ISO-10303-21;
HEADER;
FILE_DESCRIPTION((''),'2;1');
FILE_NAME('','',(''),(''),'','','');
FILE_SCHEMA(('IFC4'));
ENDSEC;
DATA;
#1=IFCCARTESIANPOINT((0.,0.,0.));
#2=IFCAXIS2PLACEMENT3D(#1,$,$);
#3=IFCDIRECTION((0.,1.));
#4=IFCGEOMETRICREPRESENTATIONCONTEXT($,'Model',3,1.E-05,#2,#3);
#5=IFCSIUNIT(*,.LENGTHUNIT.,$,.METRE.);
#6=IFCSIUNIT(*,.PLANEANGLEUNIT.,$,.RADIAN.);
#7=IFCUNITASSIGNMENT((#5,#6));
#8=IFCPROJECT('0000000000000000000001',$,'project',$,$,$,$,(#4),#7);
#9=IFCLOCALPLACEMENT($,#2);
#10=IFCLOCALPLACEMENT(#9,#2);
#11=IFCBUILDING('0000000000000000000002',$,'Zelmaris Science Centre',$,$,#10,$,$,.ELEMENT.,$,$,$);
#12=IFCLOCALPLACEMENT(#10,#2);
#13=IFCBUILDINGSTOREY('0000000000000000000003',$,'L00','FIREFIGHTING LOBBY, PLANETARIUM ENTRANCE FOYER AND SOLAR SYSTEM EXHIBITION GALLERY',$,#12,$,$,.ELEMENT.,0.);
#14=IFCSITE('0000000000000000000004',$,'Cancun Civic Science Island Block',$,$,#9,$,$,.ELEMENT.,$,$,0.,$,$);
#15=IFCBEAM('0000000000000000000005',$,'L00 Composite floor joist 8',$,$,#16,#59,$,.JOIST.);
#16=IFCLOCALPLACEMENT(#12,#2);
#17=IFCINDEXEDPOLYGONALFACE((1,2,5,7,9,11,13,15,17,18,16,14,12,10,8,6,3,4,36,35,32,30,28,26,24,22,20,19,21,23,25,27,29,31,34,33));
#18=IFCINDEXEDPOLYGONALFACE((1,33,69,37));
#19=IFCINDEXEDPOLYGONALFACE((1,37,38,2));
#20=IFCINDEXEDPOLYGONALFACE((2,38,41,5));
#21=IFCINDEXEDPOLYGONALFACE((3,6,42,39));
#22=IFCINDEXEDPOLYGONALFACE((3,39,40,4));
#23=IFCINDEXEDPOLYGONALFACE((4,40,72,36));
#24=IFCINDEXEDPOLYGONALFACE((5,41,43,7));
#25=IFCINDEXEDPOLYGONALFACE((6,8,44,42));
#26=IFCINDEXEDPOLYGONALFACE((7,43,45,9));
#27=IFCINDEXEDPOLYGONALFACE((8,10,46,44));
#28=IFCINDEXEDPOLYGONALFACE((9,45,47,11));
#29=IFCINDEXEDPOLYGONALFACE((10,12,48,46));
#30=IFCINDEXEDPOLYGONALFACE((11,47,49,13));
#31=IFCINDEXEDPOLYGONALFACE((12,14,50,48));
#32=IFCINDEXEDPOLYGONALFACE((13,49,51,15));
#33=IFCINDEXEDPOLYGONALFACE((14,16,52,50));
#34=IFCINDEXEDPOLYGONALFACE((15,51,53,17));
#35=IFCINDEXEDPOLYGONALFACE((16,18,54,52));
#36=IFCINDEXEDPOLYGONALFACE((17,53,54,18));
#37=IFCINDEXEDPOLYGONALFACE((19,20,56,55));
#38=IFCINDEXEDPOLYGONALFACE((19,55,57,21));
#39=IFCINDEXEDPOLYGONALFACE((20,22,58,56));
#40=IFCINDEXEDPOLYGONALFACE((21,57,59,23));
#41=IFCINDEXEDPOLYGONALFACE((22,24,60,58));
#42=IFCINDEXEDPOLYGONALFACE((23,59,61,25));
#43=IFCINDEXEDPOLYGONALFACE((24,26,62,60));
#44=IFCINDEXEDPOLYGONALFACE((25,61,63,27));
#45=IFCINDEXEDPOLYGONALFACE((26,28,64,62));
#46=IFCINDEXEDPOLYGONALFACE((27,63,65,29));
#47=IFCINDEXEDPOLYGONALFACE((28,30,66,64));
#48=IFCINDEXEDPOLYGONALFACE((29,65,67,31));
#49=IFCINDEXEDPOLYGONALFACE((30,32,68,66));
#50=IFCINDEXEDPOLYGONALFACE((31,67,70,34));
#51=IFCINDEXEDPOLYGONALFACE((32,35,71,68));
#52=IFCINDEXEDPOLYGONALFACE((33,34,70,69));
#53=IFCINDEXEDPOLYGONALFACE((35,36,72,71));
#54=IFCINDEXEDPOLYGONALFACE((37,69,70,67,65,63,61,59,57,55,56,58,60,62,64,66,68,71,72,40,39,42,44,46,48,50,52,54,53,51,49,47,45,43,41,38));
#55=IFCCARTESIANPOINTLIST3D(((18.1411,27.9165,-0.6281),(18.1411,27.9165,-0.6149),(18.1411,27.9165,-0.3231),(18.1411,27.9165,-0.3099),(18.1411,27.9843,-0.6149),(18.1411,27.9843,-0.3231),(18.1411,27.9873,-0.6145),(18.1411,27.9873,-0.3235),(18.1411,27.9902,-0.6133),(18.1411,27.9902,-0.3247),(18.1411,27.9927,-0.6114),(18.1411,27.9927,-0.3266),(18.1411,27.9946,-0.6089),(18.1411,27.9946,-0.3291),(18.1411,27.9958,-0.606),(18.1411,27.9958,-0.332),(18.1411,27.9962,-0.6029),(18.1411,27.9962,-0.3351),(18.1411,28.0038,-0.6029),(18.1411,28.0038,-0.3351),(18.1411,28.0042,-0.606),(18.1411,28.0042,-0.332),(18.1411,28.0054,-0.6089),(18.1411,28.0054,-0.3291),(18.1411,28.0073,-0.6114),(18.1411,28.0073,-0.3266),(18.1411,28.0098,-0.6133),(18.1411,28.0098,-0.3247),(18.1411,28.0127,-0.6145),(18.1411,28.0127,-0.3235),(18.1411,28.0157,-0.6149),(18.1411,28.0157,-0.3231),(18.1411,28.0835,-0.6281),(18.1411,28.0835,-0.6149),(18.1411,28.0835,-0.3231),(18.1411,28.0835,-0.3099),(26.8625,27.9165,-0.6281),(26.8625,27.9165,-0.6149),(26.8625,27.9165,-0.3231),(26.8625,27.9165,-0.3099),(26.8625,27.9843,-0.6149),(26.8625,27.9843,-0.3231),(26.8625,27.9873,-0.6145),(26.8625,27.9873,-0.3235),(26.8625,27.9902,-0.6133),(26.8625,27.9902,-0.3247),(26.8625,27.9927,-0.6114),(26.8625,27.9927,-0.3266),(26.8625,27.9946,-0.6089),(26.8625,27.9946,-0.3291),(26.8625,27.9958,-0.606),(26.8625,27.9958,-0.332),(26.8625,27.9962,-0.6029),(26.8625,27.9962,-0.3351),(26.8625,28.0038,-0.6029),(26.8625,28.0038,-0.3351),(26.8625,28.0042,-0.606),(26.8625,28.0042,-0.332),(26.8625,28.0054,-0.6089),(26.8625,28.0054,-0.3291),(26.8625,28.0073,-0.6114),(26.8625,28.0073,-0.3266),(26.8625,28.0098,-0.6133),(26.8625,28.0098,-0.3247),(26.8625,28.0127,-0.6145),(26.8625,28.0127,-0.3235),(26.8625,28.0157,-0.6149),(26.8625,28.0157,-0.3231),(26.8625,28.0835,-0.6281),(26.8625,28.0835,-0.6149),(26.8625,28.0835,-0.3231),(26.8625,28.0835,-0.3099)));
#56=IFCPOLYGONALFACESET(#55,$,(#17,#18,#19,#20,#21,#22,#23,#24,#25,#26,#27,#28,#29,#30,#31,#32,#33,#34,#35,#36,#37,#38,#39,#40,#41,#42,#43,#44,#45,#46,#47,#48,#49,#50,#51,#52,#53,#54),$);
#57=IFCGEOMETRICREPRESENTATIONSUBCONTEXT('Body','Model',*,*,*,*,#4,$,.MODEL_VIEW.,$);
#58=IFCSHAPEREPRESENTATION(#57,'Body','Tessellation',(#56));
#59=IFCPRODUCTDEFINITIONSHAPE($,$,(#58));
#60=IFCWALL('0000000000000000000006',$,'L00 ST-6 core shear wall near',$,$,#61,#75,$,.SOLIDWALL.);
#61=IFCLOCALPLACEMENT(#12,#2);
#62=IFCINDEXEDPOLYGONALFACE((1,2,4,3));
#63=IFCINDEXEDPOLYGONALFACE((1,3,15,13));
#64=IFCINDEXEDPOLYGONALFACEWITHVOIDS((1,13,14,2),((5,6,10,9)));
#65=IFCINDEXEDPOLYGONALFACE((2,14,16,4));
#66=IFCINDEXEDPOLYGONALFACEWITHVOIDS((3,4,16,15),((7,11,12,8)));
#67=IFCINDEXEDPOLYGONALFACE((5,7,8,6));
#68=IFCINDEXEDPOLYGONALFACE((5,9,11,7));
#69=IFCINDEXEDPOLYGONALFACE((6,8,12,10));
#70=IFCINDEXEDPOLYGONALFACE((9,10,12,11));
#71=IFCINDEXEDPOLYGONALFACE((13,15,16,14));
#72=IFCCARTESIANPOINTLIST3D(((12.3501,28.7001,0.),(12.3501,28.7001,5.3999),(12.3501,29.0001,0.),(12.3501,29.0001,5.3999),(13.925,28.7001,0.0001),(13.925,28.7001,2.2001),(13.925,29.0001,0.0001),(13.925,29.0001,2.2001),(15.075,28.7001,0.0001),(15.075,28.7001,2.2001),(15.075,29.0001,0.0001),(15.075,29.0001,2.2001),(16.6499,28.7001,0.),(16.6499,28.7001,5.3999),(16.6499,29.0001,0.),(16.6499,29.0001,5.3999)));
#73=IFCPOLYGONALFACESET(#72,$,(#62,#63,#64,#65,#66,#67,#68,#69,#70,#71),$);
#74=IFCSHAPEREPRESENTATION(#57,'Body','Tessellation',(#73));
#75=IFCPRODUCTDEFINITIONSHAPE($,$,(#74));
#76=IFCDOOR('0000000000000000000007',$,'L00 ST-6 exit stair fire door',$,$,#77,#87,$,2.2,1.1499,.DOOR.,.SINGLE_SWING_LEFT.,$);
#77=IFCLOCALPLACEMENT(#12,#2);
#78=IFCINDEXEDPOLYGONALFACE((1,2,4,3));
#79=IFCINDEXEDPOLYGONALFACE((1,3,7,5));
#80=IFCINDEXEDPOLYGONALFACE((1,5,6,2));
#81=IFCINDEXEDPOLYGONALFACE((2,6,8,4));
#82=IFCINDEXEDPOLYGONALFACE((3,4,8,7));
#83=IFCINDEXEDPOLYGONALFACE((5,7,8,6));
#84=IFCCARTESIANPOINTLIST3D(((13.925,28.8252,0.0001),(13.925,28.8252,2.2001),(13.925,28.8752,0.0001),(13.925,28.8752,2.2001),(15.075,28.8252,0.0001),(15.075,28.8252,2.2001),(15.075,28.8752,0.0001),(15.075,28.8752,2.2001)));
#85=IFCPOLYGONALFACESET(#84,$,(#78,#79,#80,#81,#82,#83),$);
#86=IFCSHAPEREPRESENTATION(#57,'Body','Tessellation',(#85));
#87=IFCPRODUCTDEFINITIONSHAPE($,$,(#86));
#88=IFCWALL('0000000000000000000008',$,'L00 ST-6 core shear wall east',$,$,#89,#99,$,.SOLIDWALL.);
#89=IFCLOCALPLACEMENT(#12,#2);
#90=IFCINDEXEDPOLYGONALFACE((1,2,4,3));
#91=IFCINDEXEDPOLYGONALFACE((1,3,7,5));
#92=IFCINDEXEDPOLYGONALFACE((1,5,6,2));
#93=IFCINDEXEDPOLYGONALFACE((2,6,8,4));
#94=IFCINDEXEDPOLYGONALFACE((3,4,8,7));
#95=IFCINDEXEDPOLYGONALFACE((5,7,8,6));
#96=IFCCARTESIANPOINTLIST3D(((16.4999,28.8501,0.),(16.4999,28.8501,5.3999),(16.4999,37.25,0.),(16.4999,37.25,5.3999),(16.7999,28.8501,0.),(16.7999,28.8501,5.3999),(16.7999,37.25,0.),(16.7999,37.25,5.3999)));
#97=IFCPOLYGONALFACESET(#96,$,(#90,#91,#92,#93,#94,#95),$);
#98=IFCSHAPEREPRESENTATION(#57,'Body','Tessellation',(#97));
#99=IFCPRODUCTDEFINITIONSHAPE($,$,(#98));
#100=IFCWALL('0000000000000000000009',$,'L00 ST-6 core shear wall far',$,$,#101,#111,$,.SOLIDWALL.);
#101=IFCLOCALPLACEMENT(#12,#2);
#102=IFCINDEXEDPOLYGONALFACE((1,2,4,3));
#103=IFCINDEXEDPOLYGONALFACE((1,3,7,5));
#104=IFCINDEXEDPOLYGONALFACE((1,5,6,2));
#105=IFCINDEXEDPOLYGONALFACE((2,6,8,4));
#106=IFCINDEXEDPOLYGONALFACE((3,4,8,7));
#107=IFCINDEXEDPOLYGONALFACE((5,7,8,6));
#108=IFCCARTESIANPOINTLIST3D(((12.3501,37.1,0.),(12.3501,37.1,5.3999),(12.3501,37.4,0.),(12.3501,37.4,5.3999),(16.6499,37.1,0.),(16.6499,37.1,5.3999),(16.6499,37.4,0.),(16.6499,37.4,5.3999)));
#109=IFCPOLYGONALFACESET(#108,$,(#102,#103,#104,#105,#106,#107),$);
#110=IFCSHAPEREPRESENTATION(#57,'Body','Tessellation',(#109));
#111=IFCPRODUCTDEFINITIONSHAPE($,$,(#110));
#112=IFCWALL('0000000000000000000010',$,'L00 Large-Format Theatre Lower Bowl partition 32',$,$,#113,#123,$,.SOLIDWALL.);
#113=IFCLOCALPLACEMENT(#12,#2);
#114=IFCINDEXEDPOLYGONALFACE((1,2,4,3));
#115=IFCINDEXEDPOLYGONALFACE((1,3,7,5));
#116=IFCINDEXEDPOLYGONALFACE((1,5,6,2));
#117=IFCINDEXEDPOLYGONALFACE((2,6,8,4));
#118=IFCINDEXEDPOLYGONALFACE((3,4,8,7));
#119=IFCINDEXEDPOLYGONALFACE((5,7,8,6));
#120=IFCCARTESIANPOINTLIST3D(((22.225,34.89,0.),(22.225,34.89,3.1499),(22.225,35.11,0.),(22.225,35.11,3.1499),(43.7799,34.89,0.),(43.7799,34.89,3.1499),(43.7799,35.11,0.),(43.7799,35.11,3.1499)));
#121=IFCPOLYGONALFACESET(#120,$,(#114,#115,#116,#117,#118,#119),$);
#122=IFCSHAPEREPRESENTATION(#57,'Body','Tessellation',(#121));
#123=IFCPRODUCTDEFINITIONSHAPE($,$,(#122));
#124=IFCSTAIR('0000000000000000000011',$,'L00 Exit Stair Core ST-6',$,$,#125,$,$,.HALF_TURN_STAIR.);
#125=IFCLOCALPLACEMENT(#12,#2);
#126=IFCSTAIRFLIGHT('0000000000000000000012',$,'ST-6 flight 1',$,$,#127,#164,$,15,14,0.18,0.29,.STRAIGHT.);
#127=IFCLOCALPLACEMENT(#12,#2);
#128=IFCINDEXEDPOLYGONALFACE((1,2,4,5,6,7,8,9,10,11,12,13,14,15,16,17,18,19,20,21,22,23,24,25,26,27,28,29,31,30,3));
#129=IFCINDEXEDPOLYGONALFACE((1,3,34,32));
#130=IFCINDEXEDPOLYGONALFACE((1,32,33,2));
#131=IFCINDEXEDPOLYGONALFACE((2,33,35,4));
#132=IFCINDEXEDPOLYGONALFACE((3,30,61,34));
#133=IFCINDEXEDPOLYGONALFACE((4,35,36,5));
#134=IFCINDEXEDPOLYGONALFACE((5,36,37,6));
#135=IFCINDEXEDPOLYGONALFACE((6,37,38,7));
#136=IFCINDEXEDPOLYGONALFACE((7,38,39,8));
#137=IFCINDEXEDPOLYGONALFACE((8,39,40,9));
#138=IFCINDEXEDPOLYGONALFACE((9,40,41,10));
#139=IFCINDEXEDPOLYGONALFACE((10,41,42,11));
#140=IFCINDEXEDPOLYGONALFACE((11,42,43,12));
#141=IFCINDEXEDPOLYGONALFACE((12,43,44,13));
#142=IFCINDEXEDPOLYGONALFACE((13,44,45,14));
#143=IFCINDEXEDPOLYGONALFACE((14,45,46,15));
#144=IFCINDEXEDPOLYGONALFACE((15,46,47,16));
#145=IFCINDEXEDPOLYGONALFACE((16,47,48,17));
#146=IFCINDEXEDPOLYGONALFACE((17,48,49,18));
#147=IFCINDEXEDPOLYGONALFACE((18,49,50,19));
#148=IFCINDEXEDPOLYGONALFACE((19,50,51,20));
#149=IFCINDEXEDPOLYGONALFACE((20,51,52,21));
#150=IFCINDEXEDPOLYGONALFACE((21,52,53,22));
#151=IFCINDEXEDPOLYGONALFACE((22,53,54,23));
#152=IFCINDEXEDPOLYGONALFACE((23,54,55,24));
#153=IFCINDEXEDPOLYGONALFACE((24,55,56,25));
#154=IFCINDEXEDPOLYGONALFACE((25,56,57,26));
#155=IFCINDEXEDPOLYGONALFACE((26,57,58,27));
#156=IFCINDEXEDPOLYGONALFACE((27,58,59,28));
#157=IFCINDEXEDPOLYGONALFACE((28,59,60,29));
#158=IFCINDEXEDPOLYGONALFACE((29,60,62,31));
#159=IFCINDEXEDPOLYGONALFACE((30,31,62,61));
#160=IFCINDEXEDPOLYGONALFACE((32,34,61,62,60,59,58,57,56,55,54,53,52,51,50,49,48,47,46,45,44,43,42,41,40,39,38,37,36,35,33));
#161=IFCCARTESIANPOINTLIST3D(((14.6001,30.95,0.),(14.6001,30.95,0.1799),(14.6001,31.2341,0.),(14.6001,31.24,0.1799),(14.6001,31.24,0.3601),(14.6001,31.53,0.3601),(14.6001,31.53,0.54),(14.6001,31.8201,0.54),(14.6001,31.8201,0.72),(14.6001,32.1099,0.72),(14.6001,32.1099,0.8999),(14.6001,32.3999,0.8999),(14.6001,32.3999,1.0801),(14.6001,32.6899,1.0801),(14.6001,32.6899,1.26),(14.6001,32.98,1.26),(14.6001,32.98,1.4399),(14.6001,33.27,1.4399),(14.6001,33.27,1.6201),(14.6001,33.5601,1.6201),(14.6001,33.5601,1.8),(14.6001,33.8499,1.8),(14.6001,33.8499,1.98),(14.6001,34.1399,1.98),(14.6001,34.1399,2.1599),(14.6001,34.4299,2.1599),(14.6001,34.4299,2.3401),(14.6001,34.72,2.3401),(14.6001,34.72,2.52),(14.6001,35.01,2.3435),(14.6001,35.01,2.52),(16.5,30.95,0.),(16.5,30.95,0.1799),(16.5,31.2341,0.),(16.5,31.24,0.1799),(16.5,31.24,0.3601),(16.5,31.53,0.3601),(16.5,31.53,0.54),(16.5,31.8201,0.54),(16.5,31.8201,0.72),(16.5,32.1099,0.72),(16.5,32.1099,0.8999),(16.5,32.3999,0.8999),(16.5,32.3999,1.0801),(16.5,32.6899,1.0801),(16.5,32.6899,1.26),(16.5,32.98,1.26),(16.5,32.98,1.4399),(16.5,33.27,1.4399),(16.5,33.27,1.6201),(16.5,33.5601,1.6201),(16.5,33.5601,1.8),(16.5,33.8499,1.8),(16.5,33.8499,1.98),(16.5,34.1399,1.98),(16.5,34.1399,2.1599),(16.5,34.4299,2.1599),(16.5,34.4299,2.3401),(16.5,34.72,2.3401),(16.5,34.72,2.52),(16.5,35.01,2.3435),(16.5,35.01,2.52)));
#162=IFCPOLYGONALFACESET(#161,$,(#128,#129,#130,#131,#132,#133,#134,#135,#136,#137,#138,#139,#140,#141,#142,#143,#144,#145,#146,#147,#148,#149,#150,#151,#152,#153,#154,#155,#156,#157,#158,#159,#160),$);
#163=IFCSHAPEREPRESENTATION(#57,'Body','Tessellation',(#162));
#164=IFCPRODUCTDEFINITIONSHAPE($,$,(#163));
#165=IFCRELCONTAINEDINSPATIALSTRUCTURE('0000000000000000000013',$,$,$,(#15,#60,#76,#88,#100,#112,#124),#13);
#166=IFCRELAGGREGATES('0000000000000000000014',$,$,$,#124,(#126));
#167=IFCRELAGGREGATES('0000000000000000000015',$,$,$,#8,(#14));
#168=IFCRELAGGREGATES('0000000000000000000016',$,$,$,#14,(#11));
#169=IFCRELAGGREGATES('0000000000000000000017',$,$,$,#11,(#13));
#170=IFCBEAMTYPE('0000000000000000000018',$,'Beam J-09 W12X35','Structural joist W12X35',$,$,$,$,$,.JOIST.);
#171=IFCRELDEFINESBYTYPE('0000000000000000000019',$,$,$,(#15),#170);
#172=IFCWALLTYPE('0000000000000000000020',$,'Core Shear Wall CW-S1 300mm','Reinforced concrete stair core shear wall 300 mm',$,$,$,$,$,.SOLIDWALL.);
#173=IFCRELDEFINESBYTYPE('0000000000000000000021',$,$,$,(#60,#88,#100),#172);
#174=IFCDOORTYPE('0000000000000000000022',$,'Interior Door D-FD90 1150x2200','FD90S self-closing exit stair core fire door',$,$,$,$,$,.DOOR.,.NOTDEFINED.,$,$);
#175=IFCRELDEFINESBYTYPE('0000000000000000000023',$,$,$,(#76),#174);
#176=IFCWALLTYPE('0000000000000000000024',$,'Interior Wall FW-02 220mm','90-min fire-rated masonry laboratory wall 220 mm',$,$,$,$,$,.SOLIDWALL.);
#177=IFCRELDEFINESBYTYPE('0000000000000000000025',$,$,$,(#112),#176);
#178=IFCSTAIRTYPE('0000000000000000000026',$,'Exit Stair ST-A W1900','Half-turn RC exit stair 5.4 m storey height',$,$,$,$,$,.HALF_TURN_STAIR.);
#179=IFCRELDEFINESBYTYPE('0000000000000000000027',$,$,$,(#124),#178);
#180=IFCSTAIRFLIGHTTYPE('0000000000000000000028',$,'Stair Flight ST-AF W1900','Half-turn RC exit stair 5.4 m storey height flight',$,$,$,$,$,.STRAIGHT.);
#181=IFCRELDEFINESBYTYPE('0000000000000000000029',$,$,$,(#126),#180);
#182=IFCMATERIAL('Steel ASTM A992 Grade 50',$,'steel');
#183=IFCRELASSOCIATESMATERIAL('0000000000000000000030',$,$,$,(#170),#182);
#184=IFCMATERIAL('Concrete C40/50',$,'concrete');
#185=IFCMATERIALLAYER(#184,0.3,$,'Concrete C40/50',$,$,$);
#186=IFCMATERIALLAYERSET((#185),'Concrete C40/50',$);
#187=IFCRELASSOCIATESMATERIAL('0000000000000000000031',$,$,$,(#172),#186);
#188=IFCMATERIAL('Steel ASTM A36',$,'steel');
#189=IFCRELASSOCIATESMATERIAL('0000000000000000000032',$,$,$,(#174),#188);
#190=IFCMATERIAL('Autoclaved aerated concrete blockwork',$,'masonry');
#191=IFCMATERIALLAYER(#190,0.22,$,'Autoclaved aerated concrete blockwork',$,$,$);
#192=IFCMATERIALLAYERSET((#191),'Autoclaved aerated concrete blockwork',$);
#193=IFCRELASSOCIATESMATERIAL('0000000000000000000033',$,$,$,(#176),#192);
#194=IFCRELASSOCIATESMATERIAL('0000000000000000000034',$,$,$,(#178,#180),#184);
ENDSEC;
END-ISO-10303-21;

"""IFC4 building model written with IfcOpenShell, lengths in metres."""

from ifc_helpers import new_model, si_unit, direction, frame, frame_2d, origin, origin_2d, place, context, subcontext, project, spatial, polyline, rectangle, i_section, outline, extrude, material, layer, layer_set, material_profile, profile_set, type_object, element, fill, aggregate, save


model = new_model("IFC4")

# Units and contexts
model_context = context("Model", 3, precision=1e-05, world=origin(), true_north=direction((0.0, 1.0)))
body_context = subcontext(model_context, "Body", "Model", "MODEL_VIEW")
ifc_project = project(units=[si_unit("LENGTHUNIT", "METRE"), si_unit("PLANEANGLEUNIT", "RADIAN")], contexts=[model_context])

# Site, building, storey
site_placement = place(None, origin())
site = spatial("IfcSite", under=ifc_project, at=site_placement, Name="Cancun Civic Science Island Block", CompositionType="ELEMENT", RefElevation=0.0)
building_placement = place(site_placement, origin())
building = spatial("IfcBuilding", under=site, at=building_placement, Name="Zelmaris Science Centre", CompositionType="ELEMENT")
storey_placement = place(building_placement, origin())
storey = spatial("IfcBuildingStorey", under=building, at=storey_placement, Name="L00", Description="FIREFIGHTING LOBBY, PLANETARIUM ENTRANCE FOYER AND SOLAR SYSTEM EXHIBITION GALLERY", CompositionType="ELEMENT", Elevation=0.0)

# Shared definitions
ifc_material_1 = material(Name="Steel ASTM A992 Grade 50", Category="steel")

# Beam
ifc_material_profile_1 = material_profile(ifc_material_1, i_section(OverallWidth=0.167, OverallDepth=0.3181, WebThickness=0.0076, FlangeThickness=0.0132, FilletRadius=0.012, at=origin_2d()), Name="W12X35")
ifc_profile_set_1 = profile_set([ifc_material_profile_1], Name="Steel ASTM A992 Grade 50")
beam_type_1 = type_object("IfcBeamType", Name="Beam J-09 W12X35", Description="Structural joist W12X35", PredefinedType="JOIST", material=ifc_profile_set_1)
beam_1_placement = place(storey_placement, frame((18.1411, 28.0, -0.469), z_axis=(1.0, 0.0, 0.0), x_axis=(0.0, 1.0, 0.0)))
element("IfcBeam", 1, at=beam_1_placement, inside=storey, type_object=beam_type_1, Name="L00 Composite floor joist 8", PredefinedType="JOIST", context=body_context, shape_type="SweptSolid", body=[
    extrude(i_section(OverallWidth=0.167, OverallDepth=0.3181, WebThickness=0.0076, FlangeThickness=0.0132, FilletRadius=0.012, at=origin_2d()), origin(), (0.0, 0.0, 1.0), 8.7214),
])

# Wall, opening, door
ifc_material_2 = material(Name="Concrete C40/50", Category="concrete")
ifc_layer_1 = layer(ifc_material_2, 0.3, Name="Concrete C40/50")
ifc_layer_set_1 = layer_set([ifc_layer_1], Name="Concrete C40/50")
wall_type_1 = type_object("IfcWallType", Name="Core Shear Wall CW-S1 300mm", Description="Reinforced concrete stair core shear wall 300 mm", PredefinedType="SOLIDWALL", material=ifc_layer_set_1)
wall_1_placement = place(storey_placement, frame((16.6499, 28.8501, 0.0), z_axis=(0.0, 0.0, 1.0), x_axis=(-1.0, 0.0, 0.0)))
wall_1 = element("IfcWall", 2, at=wall_1_placement, inside=storey, type_object=wall_type_1, Name="L00 ST-6 core shear wall near", PredefinedType="SOLIDWALL", context=body_context, shape_type="SweptSolid", body=[
    extrude(rectangle(XDim=4.2998, YDim=0.3, at=frame_2d((2.1499, 0.0))), origin(), (0.0, 0.0, 1.0), 5.3999),
])
opening_placement = place(wall_1_placement, frame((1.575, 0.0, 0.0)))
opening = element("IfcOpeningElement", 3, at=opening_placement, cuts=wall_1, PredefinedType="OPENING", context=body_context, shape_type="SweptSolid", body=[
    extrude(rectangle(XDim=1.1499, YDim=2.2, at=frame_2d((0.575, 1.1001))), frame((0.0, 0.1599, 0.0), z_axis=(0.0, -1.0, 0.0), x_axis=(1.0, 0.0, 0.0)), (0.0, 0.0, 1.0), 0.3201),
])
ifc_material_3 = material(Name="Steel ASTM A36", Category="steel")
door_type = type_object("IfcDoorType", Name="Interior Door D-FD90 1150x2200", Description="FD90S self-closing exit stair core fire door", OperationType="NOTDEFINED", PredefinedType="DOOR", material=ifc_material_3)
door_placement = place(opening_placement, origin())
door = element("IfcDoor", 4, at=door_placement, inside=storey, type_object=door_type, Name="L00 ST-6 exit stair fire door", OperationType="SINGLE_SWING_LEFT", OverallHeight=2.2, OverallWidth=1.1499, PredefinedType="DOOR", context=body_context, shape_type="SweptSolid", body=[
    extrude(rectangle(XDim=1.1499, YDim=2.2, at=frame_2d((0.575, 1.1001))), frame((0.0, 0.0249, 0.0), z_axis=(0.0, -1.0, 0.0), x_axis=(1.0, 0.0, 0.0)), (0.0, 0.0, 1.0), 0.05),
])
fill(opening, door)

# Walls
wall_2_placement = place(storey_placement, frame((16.6499, 28.8501, 0.0), z_axis=(0.0, 0.0, 1.0), x_axis=(0.0, 1.0, 0.0)))
element("IfcWall", 5, at=wall_2_placement, inside=storey, type_object=wall_type_1, Name="L00 ST-6 core shear wall east", PredefinedType="SOLIDWALL", context=body_context, shape_type="SweptSolid", body=[
    extrude(rectangle(XDim=8.3999, YDim=0.3, at=frame_2d((4.2, 0.0))), origin(), (0.0, 0.0, 1.0), 5.3999),
])
wall_3_placement = place(storey_placement, frame((16.6499, 37.25, 0.0), z_axis=(0.0, 0.0, 1.0), x_axis=(-1.0, 0.0, 0.0)))
element("IfcWall", 6, at=wall_3_placement, inside=storey, type_object=wall_type_1, Name="L00 ST-6 core shear wall far", PredefinedType="SOLIDWALL", context=body_context, shape_type="SweptSolid", body=[
    extrude(rectangle(XDim=4.2998, YDim=0.3, at=frame_2d((2.1499, 0.0))), origin(), (0.0, 0.0, 1.0), 5.3999),
])
ifc_material_4 = material(Name="Autoclaved aerated concrete blockwork", Category="masonry")
ifc_layer_2 = layer(ifc_material_4, 0.22, Name="Autoclaved aerated concrete blockwork")
ifc_layer_set_2 = layer_set([ifc_layer_2], Name="Autoclaved aerated concrete blockwork")
wall_type_2 = type_object("IfcWallType", Name="Interior Wall FW-02 220mm", Description="90-min fire-rated masonry laboratory wall 220 mm", PredefinedType="SOLIDWALL", material=ifc_layer_set_2)
wall_4_placement = place(storey_placement, frame((22.2251, 35.0, 0.0), z_axis=(0.0, 0.0, 1.0), x_axis=(1.0, 0.0, 0.0)))
element("IfcWall", 7, at=wall_4_placement, inside=storey, type_object=wall_type_2, Name="L00 Large-Format Theatre Lower Bowl partition 32", PredefinedType="SOLIDWALL", context=body_context, shape_type="SweptSolid", body=[
    extrude(rectangle(XDim=21.5549, YDim=0.22, at=frame_2d((10.7773, 0.0))), origin(), (0.0, 0.0, 1.0), 3.1499),
])

# Stair, stair flight
stair_type = type_object("IfcStairType", Name="Exit Stair ST-A W1900", Description="Half-turn RC exit stair 5.4 m storey height", PredefinedType="HALF_TURN_STAIR", material=ifc_material_2)
stair_placement = place(storey_placement, origin())
stair = element("IfcStair", 8, at=stair_placement, inside=storey, type_object=stair_type, Name="L00 Exit Stair Core ST-6", PredefinedType="HALF_TURN_STAIR")
stair_flight_type = type_object("IfcStairFlightType", Name="Stair Flight ST-AF W1900", Description="Half-turn RC exit stair 5.4 m storey height flight", PredefinedType="STRAIGHT", material=ifc_material_2)
stair_flight_placement = place(storey_placement, frame((15.55, 30.95, 0.0), z_axis=(0.0, 0.0, 1.0), x_axis=(0.0, 1.0, 0.0)))
stair_flight = element("IfcStairFlight", 9, at=stair_flight_placement, type_object=stair_flight_type, Name="ST-6 flight 1", NumberOfRisers=15, NumberOfTreads=14, PredefinedType="STRAIGHT", RiserHeight=0.18, TreadLength=0.29, context=body_context, shape_type="SweptSolid", body=[
    extrude(outline(polyline([(0.0, 0.0), (0.0, 0.1799), (0.29, 0.1799), (0.29, 0.3601), (0.5801, 0.3601), (0.5801, 0.54), (0.8701, 0.54), (0.8701, 0.72), (1.1599, 0.72), (1.1599, 0.8999), (1.45, 0.8999), (1.45, 1.0801), (1.74, 1.0801), (1.74, 1.26), (2.03, 1.26), (2.03, 1.4399), (2.3201, 1.4399), (2.3201, 1.6201), (2.6101, 1.6201), (2.6101, 1.8), (2.8999, 1.8), (2.8999, 1.98), (3.1899, 1.98), (3.1899, 2.1599), (3.48, 2.1599), (3.48, 2.3401), (3.77, 2.3401), (3.77, 2.52), (4.0601, 2.52), (4.0601, 2.7), (4.0601, 2.3435), (0.2842, 0.0), (0.0, 0.0)])), frame((0.0, 0.95, 0.0), z_axis=(0.0, -1.0, 0.0), x_axis=(1.0, 0.0, 0.0)), (0.0, 0.0, 1.0), 1.8999),
])
aggregate(stair, [stair_flight])

save(model, "model.ifc")
